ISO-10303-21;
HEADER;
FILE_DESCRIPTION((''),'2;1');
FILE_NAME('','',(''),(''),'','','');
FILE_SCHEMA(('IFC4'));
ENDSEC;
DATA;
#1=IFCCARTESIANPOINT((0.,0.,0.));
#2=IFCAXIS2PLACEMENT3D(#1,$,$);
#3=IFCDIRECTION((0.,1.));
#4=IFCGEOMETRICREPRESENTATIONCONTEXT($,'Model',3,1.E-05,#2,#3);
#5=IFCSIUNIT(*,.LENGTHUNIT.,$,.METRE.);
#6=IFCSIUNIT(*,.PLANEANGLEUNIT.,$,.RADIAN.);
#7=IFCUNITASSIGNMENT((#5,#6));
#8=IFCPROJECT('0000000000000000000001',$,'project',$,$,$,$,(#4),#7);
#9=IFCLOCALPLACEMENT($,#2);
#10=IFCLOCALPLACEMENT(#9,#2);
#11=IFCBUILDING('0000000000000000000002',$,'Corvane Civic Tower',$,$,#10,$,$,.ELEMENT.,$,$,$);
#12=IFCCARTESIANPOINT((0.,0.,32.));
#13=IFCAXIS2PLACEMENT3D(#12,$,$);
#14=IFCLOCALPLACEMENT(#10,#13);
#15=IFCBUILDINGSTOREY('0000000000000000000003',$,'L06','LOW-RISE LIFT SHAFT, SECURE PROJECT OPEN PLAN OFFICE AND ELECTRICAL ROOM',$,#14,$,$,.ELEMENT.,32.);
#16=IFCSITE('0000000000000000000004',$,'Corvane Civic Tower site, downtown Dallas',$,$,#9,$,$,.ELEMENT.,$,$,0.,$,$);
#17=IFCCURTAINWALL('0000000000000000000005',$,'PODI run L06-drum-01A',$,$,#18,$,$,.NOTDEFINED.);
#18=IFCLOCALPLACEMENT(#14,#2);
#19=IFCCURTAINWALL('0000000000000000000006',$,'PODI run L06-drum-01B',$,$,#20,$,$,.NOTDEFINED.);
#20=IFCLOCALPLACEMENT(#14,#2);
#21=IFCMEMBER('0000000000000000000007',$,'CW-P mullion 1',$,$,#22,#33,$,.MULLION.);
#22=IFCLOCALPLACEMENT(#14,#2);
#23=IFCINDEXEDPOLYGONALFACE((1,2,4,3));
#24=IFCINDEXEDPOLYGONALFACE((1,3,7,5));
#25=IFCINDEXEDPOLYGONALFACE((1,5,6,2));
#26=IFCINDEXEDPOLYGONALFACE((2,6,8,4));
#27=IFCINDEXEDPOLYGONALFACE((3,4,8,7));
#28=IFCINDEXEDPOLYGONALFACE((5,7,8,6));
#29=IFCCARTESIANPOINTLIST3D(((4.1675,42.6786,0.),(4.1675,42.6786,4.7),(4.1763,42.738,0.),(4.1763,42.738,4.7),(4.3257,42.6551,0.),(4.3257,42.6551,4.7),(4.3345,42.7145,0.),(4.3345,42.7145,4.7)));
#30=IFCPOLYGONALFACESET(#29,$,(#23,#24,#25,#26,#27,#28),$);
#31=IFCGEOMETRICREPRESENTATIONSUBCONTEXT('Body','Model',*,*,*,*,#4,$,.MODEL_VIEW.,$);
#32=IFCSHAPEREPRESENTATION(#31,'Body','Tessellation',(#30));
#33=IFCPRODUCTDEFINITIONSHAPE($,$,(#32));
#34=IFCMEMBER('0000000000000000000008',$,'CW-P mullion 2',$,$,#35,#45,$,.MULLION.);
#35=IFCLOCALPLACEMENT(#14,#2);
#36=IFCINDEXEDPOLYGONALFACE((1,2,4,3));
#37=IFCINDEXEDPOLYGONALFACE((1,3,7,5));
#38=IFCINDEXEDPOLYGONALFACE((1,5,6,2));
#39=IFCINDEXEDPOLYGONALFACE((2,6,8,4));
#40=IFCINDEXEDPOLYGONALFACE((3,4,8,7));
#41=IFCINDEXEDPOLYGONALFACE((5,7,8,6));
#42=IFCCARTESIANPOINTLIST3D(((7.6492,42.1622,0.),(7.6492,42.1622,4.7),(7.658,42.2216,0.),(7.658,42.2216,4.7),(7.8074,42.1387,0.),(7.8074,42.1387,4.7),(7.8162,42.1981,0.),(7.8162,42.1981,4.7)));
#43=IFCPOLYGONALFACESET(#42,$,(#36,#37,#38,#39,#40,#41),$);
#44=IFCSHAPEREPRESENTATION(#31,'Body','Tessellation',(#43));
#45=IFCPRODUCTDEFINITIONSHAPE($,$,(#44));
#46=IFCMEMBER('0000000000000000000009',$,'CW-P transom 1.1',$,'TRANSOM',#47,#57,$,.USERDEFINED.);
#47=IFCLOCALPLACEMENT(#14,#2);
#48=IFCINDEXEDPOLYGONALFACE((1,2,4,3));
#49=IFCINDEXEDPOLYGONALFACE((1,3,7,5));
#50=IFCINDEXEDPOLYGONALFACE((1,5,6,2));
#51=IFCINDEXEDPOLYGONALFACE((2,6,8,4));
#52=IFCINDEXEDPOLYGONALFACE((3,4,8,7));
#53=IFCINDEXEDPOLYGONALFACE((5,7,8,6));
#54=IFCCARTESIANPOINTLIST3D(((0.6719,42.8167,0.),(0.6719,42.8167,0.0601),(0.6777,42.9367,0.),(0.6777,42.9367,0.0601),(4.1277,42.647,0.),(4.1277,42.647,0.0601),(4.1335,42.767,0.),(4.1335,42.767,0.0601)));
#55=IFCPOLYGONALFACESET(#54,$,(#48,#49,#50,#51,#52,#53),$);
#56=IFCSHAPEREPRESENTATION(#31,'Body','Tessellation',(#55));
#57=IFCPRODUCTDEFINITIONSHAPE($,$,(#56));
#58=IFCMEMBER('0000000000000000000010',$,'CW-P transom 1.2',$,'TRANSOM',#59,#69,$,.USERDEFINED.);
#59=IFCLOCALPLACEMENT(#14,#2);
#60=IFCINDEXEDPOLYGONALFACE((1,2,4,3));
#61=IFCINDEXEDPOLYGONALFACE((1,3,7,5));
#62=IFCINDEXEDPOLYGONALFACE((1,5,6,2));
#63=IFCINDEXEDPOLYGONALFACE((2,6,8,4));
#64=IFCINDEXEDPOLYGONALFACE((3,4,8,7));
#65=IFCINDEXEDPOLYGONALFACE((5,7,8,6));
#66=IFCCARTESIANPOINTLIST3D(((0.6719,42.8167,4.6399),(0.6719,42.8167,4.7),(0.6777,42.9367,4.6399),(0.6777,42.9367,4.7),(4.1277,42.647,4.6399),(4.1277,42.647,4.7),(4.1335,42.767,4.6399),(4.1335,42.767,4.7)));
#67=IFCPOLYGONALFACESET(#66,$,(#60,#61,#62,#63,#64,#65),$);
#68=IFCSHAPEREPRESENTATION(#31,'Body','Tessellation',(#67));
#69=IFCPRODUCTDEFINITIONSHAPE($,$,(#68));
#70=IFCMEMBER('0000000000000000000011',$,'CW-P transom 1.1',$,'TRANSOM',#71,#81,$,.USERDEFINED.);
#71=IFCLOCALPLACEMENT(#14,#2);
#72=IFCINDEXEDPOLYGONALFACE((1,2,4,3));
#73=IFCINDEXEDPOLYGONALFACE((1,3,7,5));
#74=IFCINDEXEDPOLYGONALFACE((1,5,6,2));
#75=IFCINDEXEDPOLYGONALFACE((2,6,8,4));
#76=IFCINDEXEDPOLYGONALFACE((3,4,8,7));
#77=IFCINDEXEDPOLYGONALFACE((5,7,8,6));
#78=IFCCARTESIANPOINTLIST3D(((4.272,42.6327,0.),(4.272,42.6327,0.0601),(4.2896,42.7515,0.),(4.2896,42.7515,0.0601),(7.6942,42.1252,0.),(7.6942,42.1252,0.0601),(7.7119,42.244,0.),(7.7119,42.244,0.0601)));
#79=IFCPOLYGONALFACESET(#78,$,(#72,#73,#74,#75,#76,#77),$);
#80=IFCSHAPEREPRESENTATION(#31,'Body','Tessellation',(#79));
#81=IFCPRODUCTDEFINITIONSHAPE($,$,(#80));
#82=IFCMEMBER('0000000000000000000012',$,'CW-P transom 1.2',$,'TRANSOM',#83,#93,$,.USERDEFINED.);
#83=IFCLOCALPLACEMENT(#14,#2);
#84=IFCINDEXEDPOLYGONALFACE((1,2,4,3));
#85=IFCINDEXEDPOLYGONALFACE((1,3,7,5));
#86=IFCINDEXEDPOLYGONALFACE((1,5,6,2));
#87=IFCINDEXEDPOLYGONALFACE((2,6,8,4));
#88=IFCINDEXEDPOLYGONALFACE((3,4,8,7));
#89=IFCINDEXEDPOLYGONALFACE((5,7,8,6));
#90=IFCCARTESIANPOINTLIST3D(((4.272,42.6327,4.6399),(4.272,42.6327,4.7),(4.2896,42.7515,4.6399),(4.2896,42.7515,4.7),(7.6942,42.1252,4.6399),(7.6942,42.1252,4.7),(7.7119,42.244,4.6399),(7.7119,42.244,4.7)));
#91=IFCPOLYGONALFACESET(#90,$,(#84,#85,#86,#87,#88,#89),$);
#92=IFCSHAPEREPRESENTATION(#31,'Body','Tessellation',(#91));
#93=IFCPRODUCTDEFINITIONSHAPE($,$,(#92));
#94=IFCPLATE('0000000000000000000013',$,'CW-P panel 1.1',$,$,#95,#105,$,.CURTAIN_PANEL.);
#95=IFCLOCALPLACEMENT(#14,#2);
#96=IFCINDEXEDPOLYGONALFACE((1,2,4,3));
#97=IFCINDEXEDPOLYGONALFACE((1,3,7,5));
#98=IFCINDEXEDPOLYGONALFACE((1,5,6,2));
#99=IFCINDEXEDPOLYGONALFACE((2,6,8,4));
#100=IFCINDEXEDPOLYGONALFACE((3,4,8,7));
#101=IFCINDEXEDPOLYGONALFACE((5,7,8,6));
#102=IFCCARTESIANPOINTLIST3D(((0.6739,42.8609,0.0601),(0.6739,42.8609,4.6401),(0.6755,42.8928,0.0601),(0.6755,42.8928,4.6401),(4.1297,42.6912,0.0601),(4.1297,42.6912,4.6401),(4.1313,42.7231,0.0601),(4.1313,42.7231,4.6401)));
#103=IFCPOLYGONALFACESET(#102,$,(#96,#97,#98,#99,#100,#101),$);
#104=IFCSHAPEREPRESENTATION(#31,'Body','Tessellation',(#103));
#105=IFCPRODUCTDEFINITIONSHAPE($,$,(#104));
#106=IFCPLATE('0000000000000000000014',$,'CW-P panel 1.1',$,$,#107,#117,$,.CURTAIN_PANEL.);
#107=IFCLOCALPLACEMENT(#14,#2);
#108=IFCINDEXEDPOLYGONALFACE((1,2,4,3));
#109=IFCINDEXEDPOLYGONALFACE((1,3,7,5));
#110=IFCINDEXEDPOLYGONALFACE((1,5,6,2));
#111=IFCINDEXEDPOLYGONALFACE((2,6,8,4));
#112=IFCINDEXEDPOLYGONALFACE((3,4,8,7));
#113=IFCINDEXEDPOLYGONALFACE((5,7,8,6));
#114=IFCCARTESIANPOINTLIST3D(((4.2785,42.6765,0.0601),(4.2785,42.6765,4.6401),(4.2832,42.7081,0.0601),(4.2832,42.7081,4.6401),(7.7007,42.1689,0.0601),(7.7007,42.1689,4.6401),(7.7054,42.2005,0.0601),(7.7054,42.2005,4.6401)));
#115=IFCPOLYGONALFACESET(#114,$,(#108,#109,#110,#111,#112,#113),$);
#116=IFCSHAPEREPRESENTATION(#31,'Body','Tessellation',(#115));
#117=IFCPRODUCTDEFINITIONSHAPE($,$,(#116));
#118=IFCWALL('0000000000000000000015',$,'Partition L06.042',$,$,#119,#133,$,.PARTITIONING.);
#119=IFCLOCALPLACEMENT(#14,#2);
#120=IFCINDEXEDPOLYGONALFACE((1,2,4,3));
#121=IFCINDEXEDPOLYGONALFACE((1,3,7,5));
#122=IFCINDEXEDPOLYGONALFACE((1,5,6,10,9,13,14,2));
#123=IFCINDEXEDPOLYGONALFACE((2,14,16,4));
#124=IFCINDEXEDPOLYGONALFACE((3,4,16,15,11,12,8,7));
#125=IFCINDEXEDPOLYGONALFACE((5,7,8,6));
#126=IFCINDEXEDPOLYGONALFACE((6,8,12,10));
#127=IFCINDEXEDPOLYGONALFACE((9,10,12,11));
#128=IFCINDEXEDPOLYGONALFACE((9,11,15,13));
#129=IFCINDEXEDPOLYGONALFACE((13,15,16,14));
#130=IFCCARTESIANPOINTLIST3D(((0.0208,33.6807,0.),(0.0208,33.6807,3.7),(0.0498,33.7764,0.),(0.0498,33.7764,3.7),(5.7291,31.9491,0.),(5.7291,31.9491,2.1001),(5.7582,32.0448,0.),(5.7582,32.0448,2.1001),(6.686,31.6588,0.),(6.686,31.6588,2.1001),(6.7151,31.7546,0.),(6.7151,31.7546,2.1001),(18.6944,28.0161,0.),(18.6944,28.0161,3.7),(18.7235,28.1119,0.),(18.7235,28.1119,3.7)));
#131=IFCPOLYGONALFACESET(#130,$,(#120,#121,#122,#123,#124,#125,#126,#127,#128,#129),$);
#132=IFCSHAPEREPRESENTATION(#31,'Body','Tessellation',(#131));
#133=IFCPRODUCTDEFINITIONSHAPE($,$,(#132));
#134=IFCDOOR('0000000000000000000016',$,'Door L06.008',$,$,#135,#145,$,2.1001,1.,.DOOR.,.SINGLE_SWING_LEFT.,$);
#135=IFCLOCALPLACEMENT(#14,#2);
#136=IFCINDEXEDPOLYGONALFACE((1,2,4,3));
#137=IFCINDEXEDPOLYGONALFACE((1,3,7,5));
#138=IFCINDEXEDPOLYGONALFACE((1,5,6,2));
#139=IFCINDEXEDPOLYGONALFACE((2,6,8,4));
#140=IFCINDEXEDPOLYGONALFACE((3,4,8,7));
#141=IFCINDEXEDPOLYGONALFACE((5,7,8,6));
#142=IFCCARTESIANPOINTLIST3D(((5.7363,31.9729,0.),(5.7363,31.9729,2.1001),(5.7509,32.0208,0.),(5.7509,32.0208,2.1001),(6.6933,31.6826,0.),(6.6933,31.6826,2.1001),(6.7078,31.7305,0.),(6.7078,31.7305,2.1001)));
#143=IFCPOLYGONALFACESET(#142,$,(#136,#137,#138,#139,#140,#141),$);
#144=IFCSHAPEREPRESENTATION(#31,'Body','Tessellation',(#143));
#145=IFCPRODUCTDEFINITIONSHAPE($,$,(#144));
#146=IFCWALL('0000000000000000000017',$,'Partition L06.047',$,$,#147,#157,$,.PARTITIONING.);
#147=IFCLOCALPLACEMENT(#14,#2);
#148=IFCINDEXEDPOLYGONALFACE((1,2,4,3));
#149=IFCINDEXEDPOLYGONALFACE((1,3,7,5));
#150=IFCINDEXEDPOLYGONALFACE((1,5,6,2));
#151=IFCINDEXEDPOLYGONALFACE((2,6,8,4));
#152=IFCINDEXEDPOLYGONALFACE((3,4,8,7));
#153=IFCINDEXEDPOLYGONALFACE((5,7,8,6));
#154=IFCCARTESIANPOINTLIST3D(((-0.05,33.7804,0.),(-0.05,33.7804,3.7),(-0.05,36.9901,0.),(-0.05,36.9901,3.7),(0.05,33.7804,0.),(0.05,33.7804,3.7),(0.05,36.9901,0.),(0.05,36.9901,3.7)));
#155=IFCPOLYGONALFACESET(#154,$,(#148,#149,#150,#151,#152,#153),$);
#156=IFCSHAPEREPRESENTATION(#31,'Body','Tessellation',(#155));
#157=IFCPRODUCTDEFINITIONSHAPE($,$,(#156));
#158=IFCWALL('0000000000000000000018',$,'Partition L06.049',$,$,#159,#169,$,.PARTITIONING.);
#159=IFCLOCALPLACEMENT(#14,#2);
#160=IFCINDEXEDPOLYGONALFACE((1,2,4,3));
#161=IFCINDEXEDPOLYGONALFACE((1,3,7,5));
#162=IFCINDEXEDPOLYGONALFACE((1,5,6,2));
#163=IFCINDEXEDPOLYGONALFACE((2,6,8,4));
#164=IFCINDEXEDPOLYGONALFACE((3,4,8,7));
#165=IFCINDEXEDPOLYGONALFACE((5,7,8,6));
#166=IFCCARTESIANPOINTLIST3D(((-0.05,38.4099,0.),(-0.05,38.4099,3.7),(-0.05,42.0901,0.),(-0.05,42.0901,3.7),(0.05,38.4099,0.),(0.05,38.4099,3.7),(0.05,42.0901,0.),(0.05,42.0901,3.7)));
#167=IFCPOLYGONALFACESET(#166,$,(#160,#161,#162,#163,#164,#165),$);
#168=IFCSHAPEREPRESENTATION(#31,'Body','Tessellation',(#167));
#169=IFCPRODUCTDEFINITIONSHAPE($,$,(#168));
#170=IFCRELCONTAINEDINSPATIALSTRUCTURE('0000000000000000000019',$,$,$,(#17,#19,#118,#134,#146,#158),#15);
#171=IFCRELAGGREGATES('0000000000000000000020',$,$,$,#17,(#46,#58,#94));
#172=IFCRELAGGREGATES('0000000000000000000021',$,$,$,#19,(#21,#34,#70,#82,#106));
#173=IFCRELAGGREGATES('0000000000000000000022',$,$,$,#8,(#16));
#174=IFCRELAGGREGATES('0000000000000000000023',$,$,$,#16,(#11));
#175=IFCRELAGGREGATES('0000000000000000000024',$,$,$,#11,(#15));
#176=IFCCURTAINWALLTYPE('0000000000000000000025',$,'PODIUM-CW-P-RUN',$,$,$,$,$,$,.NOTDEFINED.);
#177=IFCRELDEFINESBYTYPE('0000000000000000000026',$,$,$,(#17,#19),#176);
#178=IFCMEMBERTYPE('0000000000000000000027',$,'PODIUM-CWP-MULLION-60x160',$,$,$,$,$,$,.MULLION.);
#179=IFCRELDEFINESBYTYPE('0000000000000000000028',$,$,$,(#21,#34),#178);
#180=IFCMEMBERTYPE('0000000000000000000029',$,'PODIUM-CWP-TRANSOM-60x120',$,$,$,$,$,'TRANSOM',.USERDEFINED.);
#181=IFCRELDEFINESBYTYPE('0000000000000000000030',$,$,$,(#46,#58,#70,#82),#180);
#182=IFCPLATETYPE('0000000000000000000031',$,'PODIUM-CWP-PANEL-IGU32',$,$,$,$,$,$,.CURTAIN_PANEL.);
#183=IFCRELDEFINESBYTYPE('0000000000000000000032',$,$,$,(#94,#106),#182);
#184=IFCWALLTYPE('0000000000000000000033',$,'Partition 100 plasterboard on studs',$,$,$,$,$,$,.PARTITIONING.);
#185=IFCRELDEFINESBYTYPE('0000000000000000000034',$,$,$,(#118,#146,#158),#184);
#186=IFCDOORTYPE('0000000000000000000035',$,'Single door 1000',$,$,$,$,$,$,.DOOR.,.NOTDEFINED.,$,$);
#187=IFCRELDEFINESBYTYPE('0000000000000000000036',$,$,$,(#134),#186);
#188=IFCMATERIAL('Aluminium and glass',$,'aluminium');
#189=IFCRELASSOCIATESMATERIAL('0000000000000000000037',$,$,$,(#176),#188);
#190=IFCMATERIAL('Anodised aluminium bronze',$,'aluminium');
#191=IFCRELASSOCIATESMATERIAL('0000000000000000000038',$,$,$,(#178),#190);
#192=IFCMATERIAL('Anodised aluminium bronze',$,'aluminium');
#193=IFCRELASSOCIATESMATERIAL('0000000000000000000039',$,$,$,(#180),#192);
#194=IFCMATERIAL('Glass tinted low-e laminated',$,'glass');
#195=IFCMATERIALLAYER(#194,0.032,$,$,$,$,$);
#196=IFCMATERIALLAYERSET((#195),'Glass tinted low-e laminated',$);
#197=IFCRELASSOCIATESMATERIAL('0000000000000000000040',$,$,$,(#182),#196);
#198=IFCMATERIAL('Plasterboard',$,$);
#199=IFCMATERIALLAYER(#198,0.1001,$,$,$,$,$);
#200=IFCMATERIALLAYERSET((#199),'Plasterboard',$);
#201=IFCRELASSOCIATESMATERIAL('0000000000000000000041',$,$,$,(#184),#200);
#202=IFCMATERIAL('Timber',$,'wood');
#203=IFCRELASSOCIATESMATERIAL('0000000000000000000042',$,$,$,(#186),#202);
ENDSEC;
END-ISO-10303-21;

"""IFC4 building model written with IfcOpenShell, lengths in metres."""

from ifc_helpers import new_model, si_unit, direction, frame, frame_2d, origin, origin_2d, place, context, subcontext, project, spatial, rectangle, extrude, material, layer, layer_set, material_profile, profile_set, type_object, element, fill, aggregate, save


model = new_model("IFC4")

# Units and contexts
model_context = context("Model", 3, precision=1e-05, world=origin(), true_north=direction((0.0, 1.0)))
body_context = subcontext(model_context, "Body", "Model", "MODEL_VIEW")
ifc_project = project(units=[si_unit("LENGTHUNIT", "METRE"), si_unit("PLANEANGLEUNIT", "RADIAN")], contexts=[model_context])

# Site, building, storey
site_placement = place(None, origin())
site = spatial("IfcSite", under=ifc_project, at=site_placement, Name="Corvane Civic Tower site, downtown Dallas", CompositionType="ELEMENT", RefElevation=0.0)
building_placement = place(site_placement, origin())
building = spatial("IfcBuilding", under=site, at=building_placement, Name="Corvane Civic Tower", CompositionType="ELEMENT")
storey_placement = place(building_placement, frame((0.0, 0.0, 32.0)))
storey = spatial("IfcBuildingStorey", under=building, at=storey_placement, Name="L06", Description="LOW-RISE LIFT SHAFT, SECURE PROJECT OPEN PLAN OFFICE AND ELECTRICAL ROOM", CompositionType="ELEMENT", Elevation=32.0)

# Curtain walls, members
ifc_material_1 = material(Name="Aluminium and glass", Category="aluminium")
curtain_wall_type = type_object("IfcCurtainWallType", Name="PODIUM-CW-P-RUN", PredefinedType="NOTDEFINED", material=ifc_material_1)
curtain_wall_1_placement = place(storey_placement, origin())
curtain_wall_1 = element("IfcCurtainWall", 1, at=curtain_wall_1_placement, inside=storey, type_object=curtain_wall_type, Name="PODI run L06-drum-01A", PredefinedType="NOTDEFINED")
ifc_material_2 = material(Name="Anodised aluminium bronze", Category="aluminium")
ifc_material_profile_1 = material_profile(ifc_material_2, rectangle(XDim=0.0601, YDim=0.1599, at=origin_2d()), Name="AL 60x160")
ifc_profile_set_1 = profile_set([ifc_material_profile_1], Name="Anodised aluminium bronze")
member_type_1 = type_object("IfcMemberType", Name="PODIUM-CWP-MULLION-60x160", PredefinedType="MULLION", material=ifc_profile_set_1)
curtain_wall_2_placement = place(storey_placement, origin())
curtain_wall_2 = element("IfcCurtainWall", 2, at=curtain_wall_2_placement, inside=storey, type_object=curtain_wall_type, Name="PODI run L06-drum-01B", PredefinedType="NOTDEFINED")
member_1_placement = place(storey_placement, frame((4.251, 42.6965, 0.0), z_axis=(0.0, 0.0, 1.0), x_axis=(0.146715, 0.989179, 0.0)))
member_1 = element("IfcMember", 3, at=member_1_placement, type_object=member_type_1, Name="CW-P mullion 1", PredefinedType="MULLION", context=body_context, shape_type="SweptSolid", body=[
    extrude(rectangle(XDim=0.0601, YDim=0.1599, at=origin_2d()), origin(), (0.0, 0.0, 1.0), 4.7),
])
member_2_placement = place(storey_placement, frame((7.7327, 42.1802, 0.0), z_axis=(0.0, 0.0, 1.0), x_axis=(0.146715, 0.989179, 0.0)))
member_2 = element("IfcMember", 4, at=member_2_placement, type_object=member_type_1, Name="CW-P mullion 2", PredefinedType="MULLION", context=body_context, shape_type="SweptSolid", body=[
    extrude(rectangle(XDim=0.0601, YDim=0.1599, at=origin_2d()), origin(), (0.0, 0.0, 1.0), 4.7),
])

# Members
ifc_material_3 = material(Name="Anodised aluminium bronze", Category="aluminium")
ifc_material_profile_2 = material_profile(ifc_material_3, rectangle(XDim=0.1201, YDim=0.0601, at=origin_2d()), Name="AL 120x60")
ifc_profile_set_2 = profile_set([ifc_material_profile_2], Name="Anodised aluminium bronze")
member_type_2 = type_object("IfcMemberType", Name="PODIUM-CWP-TRANSOM-60x120", ElementType="TRANSOM", PredefinedType="USERDEFINED", material=ifc_profile_set_2)
member_3_placement = place(storey_placement, frame((0.6748, 42.8767, 0.03), z_axis=(0.998797, -0.04904, 0.0), x_axis=(0.04904, 0.998797, 0.0)))
member_3 = element("IfcMember", 5, at=member_3_placement, type_object=member_type_2, Name="CW-P transom 1.1", ObjectType="TRANSOM", PredefinedType="USERDEFINED", context=body_context, shape_type="SweptSolid", body=[
    extrude(rectangle(XDim=0.1201, YDim=0.0601, at=origin_2d()), origin(), (0.0, 0.0, 1.0), 3.46),
])
member_4_placement = place(storey_placement, frame((0.6748, 42.8767, 4.6699), z_axis=(0.998797, -0.04904, 0.0), x_axis=(0.04904, 0.998797, 0.0)))
member_4 = element("IfcMember", 6, at=member_4_placement, type_object=member_type_2, Name="CW-P transom 1.2", ObjectType="TRANSOM", PredefinedType="USERDEFINED", context=body_context, shape_type="SweptSolid", body=[
    extrude(rectangle(XDim=0.1201, YDim=0.0601, at=origin_2d()), origin(), (0.0, 0.0, 1.0), 3.46),
])
member_5_placement = place(storey_placement, frame((4.2808, 42.6921, 0.03), z_axis=(0.98918, -0.146705, 0.0), x_axis=(0.146705, 0.98918, 0.0)))
member_5 = element("IfcMember", 7, at=member_5_placement, type_object=member_type_2, Name="CW-P transom 1.1", ObjectType="TRANSOM", PredefinedType="USERDEFINED", context=body_context, shape_type="SweptSolid", body=[
    extrude(rectangle(XDim=0.1201, YDim=0.0601, at=origin_2d()), origin(), (0.0, 0.0, 1.0), 3.4597),
])
member_6_placement = place(storey_placement, frame((4.2808, 42.6921, 4.6699), z_axis=(0.98918, -0.146705, 0.0), x_axis=(0.146705, 0.98918, 0.0)))
member_6 = element("IfcMember", 8, at=member_6_placement, type_object=member_type_2, Name="CW-P transom 1.2", ObjectType="TRANSOM", PredefinedType="USERDEFINED", context=body_context, shape_type="SweptSolid", body=[
    extrude(rectangle(XDim=0.1201, YDim=0.0601, at=origin_2d()), origin(), (0.0, 0.0, 1.0), 3.4597),
])

# Plates
ifc_material_4 = material(Name="Glass tinted low-e laminated", Category="glass")
ifc_layer_1 = layer(ifc_material_4, 0.032)
ifc_layer_set_1 = layer_set([ifc_layer_1], Name="Glass tinted low-e laminated")
plate_type = type_object("IfcPlateType", Name="PODIUM-CWP-PANEL-IGU32", PredefinedType="CURTAIN_PANEL", material=ifc_layer_set_1)
plate_1_placement = place(storey_placement, frame((2.4026, 42.792, 0.0601), z_axis=(0.0, 0.0, 1.0), x_axis=(0.998796, -0.04905, 0.0)))
plate_1 = element("IfcPlate", 9, at=plate_1_placement, type_object=plate_type, Name="CW-P panel 1.1", PredefinedType="CURTAIN_PANEL", context=body_context, shape_type="SweptSolid", body=[
    extrude(rectangle(XDim=3.46, YDim=0.032, at=origin_2d()), origin(), (0.0, 0.0, 1.0), 4.5801),
])
aggregate(curtain_wall_1, [member_3, member_4, plate_1])
plate_2_placement = place(storey_placement, frame((5.9919, 42.4385, 0.0601), z_axis=(0.0, 0.0, 1.0), x_axis=(0.989179, -0.146715, 0.0)))
plate_2 = element("IfcPlate", 10, at=plate_2_placement, type_object=plate_type, Name="CW-P panel 1.1", PredefinedType="CURTAIN_PANEL", context=body_context, shape_type="SweptSolid", body=[
    extrude(rectangle(XDim=3.4597, YDim=0.032, at=origin_2d()), origin(), (0.0, 0.0, 1.0), 4.5801),
])
aggregate(curtain_wall_2, [member_1, member_2, member_5, member_6, plate_2])

# Wall, opening, door
ifc_material_5 = material(Name="Plasterboard")
ifc_layer_2 = layer(ifc_material_5, 0.1001)
ifc_layer_set_2 = layer_set([ifc_layer_2], Name="Plasterboard")
wall_type = type_object("IfcWallType", Name="Partition 100 plasterboard on studs", PredefinedType="PARTITIONING", material=ifc_layer_set_2)
wall_1_placement = place(storey_placement, frame((0.0354, 33.7285, 0.0), z_axis=(0.0, 0.0, 1.0), x_axis=(0.956941, -0.290284, 0.0)))
wall_1 = element("IfcWall", 11, at=wall_1_placement, inside=storey, type_object=wall_type, Name="Partition L06.042", PredefinedType="PARTITIONING", context=body_context, shape_type="SweptSolid", body=[
    extrude(rectangle(XDim=19.5139, YDim=0.1001, at=frame_2d((9.7568, 0.0))), origin(), (0.0, 0.0, 1.0), 3.7),
])
opening_placement = place(wall_1_placement, frame((5.9651, 0.0, 0.0)))
opening = element("IfcOpeningElement", 12, at=opening_placement, cuts=wall_1, PredefinedType="OPENING", context=body_context, shape_type="SweptSolid", body=[
    extrude(rectangle(XDim=1.0, YDim=2.1001, at=frame_2d((0.5, 1.05))), frame((0.0, 0.0601, 0.0), z_axis=(0.0, -1.0, 0.0), x_axis=(1.0, 0.0, 0.0)), (0.0, 0.0, 1.0), 0.1201),
])
ifc_material_6 = material(Name="Timber", Category="wood")
door_type = type_object("IfcDoorType", Name="Single door 1000", OperationType="NOTDEFINED", PredefinedType="DOOR", material=ifc_material_6)
door_placement = place(opening_placement, origin())
door = element("IfcDoor", 13, at=door_placement, inside=storey, type_object=door_type, Name="Door L06.008", OperationType="SINGLE_SWING_LEFT", OverallHeight=2.1001, OverallWidth=1.0, PredefinedType="DOOR", context=body_context, shape_type="SweptSolid", body=[
    extrude(rectangle(XDim=1.0, YDim=2.1001, at=frame_2d((0.5, 1.05))), frame((0.0, 0.0249, 0.0), z_axis=(0.0, -1.0, 0.0), x_axis=(1.0, 0.0, 0.0)), (0.0, 0.0, 1.0), 0.05),
])
fill(opening, door)

# Walls
wall_2_placement = place(storey_placement, frame((0.0, 33.7803, 0.0), z_axis=(0.0, 0.0, 1.0), x_axis=(0.0, 1.0, 0.0)))
element("IfcWall", 14, at=wall_2_placement, inside=storey, type_object=wall_type, Name="Partition L06.047", PredefinedType="PARTITIONING", context=body_context, shape_type="SweptSolid", body=[
    extrude(rectangle(XDim=3.2097, YDim=0.1001, at=frame_2d((1.605, 0.0))), origin(), (0.0, 0.0, 1.0), 3.7),
])
wall_3_placement = place(storey_placement, frame((0.0, 38.4099, 0.0), z_axis=(0.0, 0.0, 1.0), x_axis=(0.0, 1.0, 0.0)))
element("IfcWall", 15, at=wall_3_placement, inside=storey, type_object=wall_type, Name="Partition L06.049", PredefinedType="PARTITIONING", context=body_context, shape_type="SweptSolid", body=[
    extrude(rectangle(XDim=3.6802, YDim=0.1001, at=frame_2d((1.8401, 0.0))), origin(), (0.0, 0.0, 1.0), 3.7),
])

save(model, "model.ifc")
